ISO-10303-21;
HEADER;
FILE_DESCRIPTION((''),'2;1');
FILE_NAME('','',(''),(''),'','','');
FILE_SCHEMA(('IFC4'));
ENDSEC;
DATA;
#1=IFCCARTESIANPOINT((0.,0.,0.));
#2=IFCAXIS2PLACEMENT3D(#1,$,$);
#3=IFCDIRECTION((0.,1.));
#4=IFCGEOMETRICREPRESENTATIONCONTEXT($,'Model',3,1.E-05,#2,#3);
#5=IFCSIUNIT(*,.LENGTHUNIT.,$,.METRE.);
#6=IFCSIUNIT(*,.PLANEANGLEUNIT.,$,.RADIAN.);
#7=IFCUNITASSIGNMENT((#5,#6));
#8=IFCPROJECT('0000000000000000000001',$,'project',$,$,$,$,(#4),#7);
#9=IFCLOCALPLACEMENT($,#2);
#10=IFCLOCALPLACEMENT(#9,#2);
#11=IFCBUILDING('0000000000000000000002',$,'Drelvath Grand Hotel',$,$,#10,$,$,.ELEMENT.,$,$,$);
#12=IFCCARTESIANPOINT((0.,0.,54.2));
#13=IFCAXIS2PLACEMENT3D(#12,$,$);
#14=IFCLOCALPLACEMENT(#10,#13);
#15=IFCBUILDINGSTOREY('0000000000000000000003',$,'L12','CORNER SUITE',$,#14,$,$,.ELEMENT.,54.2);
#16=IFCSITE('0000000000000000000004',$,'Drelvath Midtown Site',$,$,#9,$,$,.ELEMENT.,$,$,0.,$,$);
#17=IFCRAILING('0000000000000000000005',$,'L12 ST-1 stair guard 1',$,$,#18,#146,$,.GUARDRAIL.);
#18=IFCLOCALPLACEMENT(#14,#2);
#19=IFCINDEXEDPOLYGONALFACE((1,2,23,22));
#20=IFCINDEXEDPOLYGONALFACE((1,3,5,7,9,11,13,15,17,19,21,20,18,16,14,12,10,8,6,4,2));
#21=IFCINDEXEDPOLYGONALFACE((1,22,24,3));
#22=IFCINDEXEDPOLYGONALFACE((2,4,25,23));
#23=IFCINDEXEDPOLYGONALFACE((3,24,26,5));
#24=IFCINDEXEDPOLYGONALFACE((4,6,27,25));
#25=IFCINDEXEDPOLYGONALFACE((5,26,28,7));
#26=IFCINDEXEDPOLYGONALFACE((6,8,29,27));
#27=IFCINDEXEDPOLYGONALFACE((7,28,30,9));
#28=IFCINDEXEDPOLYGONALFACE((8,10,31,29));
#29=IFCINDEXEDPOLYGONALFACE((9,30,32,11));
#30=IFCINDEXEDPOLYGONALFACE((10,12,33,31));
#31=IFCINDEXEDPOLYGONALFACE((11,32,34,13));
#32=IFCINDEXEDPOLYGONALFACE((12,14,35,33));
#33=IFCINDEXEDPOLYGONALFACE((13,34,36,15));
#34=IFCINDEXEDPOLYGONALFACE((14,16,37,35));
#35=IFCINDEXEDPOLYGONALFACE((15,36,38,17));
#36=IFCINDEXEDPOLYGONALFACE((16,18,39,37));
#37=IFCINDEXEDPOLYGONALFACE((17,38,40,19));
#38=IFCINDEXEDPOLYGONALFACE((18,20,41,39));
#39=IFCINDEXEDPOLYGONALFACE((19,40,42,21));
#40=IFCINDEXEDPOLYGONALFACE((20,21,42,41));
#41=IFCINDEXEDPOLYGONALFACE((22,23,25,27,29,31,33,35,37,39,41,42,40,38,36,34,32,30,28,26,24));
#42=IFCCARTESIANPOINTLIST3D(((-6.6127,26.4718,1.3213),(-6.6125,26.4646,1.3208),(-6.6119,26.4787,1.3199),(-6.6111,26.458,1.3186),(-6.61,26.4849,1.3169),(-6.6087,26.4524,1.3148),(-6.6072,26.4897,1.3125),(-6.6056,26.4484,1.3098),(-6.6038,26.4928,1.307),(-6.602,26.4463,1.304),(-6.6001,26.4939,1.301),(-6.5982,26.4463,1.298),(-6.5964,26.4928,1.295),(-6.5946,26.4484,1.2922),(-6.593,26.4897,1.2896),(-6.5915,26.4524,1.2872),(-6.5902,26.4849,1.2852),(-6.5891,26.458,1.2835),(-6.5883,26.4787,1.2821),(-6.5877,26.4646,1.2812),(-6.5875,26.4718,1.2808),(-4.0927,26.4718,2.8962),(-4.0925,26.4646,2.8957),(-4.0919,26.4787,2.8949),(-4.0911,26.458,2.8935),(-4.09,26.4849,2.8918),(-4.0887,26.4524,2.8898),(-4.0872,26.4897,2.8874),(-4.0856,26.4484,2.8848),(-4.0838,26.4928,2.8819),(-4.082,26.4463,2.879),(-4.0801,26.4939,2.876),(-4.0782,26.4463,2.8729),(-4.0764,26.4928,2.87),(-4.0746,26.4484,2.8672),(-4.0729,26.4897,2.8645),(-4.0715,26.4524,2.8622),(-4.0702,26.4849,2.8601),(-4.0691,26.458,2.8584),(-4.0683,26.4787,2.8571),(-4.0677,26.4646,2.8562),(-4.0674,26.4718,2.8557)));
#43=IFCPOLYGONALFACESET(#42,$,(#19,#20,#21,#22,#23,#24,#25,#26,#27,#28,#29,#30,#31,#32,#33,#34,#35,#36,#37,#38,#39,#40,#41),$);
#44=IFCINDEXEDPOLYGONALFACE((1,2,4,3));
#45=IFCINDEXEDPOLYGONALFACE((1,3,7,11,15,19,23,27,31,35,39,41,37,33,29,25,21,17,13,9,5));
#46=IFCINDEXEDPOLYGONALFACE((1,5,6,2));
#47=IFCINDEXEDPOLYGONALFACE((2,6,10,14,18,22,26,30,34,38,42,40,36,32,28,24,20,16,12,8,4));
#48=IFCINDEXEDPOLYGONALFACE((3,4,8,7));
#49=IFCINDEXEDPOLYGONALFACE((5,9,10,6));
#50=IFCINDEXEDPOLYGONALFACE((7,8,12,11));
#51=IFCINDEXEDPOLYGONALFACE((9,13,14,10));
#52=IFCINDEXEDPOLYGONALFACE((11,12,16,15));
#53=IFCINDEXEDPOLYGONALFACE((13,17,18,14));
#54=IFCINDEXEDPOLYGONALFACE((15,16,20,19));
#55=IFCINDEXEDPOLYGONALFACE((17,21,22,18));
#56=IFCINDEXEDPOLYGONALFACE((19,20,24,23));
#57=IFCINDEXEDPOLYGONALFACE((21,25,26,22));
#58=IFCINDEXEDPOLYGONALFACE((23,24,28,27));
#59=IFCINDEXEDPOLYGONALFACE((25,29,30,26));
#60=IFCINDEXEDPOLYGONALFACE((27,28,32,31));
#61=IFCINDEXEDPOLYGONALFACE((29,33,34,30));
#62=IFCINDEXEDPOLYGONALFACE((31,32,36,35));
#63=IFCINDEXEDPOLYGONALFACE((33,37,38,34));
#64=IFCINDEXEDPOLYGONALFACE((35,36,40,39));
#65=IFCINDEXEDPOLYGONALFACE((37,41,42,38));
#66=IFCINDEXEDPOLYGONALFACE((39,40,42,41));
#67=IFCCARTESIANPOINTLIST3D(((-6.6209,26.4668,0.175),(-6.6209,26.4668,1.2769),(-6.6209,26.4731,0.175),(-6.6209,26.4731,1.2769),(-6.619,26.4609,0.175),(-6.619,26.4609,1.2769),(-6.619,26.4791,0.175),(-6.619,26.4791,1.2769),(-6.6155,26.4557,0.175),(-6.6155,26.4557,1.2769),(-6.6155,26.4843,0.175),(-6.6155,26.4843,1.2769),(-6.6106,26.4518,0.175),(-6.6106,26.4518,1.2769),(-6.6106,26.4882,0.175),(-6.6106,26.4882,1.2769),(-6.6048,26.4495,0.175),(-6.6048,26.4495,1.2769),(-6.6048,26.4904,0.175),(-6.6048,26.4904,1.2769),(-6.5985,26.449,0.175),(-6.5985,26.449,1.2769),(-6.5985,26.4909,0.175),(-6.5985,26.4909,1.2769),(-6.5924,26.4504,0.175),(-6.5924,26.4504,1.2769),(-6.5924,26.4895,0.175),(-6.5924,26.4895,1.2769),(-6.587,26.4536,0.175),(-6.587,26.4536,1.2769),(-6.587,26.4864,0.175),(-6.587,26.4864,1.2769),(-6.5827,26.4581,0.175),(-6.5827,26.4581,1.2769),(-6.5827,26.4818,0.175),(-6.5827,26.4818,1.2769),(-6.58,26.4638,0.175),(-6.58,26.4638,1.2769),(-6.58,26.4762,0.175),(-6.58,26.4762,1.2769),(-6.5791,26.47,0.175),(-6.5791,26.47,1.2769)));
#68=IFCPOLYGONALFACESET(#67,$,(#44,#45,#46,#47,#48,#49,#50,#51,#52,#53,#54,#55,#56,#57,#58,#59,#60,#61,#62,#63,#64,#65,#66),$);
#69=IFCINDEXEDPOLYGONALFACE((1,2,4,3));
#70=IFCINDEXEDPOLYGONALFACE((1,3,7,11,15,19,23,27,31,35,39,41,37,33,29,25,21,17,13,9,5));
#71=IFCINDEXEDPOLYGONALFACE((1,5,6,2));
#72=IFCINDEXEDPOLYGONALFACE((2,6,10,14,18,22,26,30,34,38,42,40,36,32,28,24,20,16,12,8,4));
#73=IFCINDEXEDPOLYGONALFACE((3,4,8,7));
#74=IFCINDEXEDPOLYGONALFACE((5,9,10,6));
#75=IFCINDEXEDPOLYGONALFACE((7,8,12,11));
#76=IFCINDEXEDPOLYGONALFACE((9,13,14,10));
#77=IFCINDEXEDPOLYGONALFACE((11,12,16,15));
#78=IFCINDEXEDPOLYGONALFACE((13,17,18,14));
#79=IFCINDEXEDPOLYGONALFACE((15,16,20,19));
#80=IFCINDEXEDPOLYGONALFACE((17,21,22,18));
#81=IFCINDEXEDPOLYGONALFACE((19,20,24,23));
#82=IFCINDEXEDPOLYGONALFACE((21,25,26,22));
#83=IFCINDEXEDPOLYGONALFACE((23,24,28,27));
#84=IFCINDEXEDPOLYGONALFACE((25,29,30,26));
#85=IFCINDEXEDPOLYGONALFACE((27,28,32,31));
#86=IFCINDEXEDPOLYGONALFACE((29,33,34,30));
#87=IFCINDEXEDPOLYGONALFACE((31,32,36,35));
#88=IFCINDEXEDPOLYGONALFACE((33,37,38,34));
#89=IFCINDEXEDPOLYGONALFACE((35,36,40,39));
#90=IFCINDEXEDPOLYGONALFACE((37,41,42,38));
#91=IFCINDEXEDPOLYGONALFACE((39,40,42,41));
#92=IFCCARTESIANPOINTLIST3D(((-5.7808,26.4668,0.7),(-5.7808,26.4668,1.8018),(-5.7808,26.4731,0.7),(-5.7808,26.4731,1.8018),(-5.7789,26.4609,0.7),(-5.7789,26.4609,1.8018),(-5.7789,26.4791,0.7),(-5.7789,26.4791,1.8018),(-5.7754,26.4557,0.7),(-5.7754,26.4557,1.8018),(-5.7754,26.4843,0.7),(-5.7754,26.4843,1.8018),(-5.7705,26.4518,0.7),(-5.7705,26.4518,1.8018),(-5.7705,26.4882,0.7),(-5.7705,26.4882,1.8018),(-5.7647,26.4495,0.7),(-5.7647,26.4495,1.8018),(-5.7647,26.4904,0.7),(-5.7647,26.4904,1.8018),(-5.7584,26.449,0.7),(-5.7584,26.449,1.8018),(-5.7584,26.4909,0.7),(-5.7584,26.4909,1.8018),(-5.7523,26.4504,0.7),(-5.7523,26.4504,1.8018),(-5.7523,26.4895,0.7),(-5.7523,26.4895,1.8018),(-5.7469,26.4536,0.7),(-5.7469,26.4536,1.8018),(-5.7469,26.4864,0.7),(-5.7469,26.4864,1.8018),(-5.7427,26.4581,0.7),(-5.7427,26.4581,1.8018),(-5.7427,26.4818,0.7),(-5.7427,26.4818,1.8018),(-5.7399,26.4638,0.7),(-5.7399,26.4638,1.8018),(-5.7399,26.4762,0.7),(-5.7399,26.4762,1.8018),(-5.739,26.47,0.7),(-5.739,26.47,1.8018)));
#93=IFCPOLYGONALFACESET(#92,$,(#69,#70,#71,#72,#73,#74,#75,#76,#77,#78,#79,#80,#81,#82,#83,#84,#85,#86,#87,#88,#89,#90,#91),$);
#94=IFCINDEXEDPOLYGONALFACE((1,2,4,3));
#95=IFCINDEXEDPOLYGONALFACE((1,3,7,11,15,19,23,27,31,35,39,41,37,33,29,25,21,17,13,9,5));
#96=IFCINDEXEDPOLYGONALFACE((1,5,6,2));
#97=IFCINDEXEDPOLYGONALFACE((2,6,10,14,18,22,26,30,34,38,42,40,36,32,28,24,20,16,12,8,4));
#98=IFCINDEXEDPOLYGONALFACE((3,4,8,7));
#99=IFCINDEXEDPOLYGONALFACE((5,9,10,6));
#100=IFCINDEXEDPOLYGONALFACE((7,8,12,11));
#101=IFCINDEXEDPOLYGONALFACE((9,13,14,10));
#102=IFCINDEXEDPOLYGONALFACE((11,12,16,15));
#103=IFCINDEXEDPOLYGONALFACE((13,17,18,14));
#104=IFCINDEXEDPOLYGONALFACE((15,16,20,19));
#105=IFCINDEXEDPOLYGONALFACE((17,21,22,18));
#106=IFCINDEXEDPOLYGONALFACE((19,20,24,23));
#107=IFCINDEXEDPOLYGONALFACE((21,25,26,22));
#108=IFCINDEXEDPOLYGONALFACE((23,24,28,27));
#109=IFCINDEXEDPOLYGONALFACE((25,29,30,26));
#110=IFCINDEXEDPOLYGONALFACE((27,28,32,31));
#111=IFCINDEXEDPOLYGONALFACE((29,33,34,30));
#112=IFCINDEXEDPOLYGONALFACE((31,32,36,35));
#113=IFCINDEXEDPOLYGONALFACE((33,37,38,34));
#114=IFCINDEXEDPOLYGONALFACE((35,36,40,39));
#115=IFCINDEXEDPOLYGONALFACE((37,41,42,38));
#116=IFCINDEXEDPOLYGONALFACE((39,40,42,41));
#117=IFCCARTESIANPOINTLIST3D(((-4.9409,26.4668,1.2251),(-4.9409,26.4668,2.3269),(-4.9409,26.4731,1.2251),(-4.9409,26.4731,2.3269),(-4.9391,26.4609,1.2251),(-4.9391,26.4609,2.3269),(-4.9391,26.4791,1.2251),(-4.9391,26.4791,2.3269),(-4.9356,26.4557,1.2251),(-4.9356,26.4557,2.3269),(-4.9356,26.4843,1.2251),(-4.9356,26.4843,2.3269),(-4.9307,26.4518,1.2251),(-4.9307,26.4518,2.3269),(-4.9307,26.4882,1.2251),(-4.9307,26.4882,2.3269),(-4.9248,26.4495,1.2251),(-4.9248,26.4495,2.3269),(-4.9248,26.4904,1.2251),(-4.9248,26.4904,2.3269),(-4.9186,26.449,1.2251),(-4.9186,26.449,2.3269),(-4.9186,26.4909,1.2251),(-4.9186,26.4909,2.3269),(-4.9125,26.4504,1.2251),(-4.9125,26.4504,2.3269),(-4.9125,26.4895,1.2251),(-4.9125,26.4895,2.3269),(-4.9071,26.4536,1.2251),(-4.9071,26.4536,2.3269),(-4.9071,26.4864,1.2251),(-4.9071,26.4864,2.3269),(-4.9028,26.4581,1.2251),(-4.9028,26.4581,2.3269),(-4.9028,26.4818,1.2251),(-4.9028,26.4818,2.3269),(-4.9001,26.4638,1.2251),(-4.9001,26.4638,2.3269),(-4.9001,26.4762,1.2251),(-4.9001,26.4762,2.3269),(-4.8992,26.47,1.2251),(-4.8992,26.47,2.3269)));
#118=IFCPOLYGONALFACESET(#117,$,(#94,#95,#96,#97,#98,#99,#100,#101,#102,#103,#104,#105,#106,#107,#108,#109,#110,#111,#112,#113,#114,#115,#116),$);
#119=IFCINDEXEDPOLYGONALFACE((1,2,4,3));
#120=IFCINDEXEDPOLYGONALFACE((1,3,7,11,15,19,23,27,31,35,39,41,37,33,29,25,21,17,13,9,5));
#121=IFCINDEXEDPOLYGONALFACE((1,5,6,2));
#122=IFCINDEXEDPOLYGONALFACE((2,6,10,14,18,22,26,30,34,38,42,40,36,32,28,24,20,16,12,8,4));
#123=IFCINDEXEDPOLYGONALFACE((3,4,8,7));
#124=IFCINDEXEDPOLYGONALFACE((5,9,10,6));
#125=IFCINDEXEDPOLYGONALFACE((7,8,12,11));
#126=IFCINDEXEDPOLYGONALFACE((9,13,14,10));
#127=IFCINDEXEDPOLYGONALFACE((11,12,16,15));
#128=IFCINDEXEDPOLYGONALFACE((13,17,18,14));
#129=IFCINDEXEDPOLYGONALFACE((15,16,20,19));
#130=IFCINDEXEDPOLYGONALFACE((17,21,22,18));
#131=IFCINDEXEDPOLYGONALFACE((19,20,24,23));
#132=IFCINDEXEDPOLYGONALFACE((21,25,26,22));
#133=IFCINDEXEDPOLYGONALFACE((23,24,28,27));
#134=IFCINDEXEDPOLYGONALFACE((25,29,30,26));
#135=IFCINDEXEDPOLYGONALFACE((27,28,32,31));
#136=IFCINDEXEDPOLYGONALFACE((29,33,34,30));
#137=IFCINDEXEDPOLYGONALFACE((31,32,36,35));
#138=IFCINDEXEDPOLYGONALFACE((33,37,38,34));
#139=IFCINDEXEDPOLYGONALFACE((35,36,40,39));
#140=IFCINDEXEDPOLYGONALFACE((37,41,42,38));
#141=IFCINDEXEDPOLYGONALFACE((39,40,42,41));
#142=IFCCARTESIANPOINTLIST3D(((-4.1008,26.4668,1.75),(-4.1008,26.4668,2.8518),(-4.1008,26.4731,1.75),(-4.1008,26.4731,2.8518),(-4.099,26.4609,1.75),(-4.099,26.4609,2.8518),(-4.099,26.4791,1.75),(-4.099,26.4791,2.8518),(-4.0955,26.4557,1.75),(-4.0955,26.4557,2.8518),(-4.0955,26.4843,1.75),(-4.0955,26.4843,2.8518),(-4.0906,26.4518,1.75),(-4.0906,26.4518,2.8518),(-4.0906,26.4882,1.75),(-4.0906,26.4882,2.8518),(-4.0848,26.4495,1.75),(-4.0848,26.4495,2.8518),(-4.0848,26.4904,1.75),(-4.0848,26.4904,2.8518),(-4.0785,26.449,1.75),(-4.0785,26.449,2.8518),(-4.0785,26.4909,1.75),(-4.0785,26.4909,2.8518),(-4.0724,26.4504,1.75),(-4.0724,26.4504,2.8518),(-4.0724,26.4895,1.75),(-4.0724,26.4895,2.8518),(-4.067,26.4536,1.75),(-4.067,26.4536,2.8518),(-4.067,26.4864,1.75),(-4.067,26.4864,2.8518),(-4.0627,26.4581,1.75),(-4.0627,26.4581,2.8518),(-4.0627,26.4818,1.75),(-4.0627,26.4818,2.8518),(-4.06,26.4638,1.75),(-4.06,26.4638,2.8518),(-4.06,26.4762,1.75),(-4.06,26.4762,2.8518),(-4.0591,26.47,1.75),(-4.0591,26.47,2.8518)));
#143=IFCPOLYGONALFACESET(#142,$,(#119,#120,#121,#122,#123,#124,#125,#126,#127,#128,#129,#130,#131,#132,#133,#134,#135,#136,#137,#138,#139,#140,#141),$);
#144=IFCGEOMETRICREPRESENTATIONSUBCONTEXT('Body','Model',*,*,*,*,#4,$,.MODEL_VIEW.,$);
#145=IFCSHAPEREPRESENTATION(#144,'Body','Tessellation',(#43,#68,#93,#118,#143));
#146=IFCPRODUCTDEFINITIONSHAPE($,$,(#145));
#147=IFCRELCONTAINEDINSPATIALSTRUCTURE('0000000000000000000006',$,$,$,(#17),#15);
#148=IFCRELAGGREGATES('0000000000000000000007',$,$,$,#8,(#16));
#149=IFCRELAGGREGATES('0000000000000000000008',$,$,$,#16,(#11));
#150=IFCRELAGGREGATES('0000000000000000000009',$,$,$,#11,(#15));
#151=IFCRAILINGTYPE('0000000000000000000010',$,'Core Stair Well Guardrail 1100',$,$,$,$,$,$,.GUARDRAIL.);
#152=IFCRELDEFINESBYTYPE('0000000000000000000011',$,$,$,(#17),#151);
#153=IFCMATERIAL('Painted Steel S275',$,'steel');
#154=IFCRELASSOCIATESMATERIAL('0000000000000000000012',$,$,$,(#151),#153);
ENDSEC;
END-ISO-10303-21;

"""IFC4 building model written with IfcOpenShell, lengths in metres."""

from ifc_helpers import new_model, si_unit, direction, frame, origin, origin_2d, place, context, subcontext, project, spatial, circle, extrude, material, type_object, element, save


model = new_model("IFC4")

# Units and contexts
model_context = context("Model", 3, precision=1e-05, world=origin(), true_north=direction((0.0, 1.0)))
body_context = subcontext(model_context, "Body", "Model", "MODEL_VIEW")
ifc_project = project(units=[si_unit("LENGTHUNIT", "METRE"), si_unit("PLANEANGLEUNIT", "RADIAN")], contexts=[model_context])

# Site, building, storey
site_placement = place(None, origin())
site = spatial("IfcSite", under=ifc_project, at=site_placement, Name="Drelvath Midtown Site", CompositionType="ELEMENT", RefElevation=0.0)
building_placement = place(site_placement, origin())
building = spatial("IfcBuilding", under=site, at=building_placement, Name="Drelvath Grand Hotel", CompositionType="ELEMENT")
storey_placement = place(building_placement, frame((0.0, 0.0, 54.2)))
storey = spatial("IfcBuildingStorey", under=building, at=storey_placement, Name="L12", Description="CORNER SUITE", CompositionType="ELEMENT", Elevation=54.2)

# Shared definitions
ifc_material_1 = material(Name="Painted Steel S275", Category="steel")

# Railing
railing_type = type_object("IfcRailingType", Name="Core Stair Well Guardrail 1100", PredefinedType="GUARDRAIL", material=ifc_material_1)
railing_1_placement = place(storey_placement, frame((-6.6001, 26.47, 0.175)))
element("IfcRailing", 1, at=railing_1_placement, inside=storey, type_object=railing_type, Name="L12 ST-1 stair guard 1", PredefinedType="GUARDRAIL", context=body_context, shape_type="SweptSolid", body=[
    extrude(circle(Radius=0.0239, at=origin_2d()), frame((0.0, 0.0, 1.126), z_axis=(0.848008, 0.0, 0.529984), x_axis=(0.0, 1.0, 0.0)), (0.0, 0.0, 1.0), 2.9717),
    extrude(circle(Radius=0.021, at=origin_2d()), origin(), (0.0, 0.0, 1.0), 1.1018),
    extrude(circle(Radius=0.021, at=origin_2d()), frame((0.8401, 0.0, 0.5249)), (0.0, 0.0, 1.0), 1.1018),
    extrude(circle(Radius=0.021, at=origin_2d()), frame((1.6799, 0.0, 1.05)), (0.0, 0.0, 1.0), 1.1018),
    extrude(circle(Radius=0.021, at=origin_2d()), frame((2.52, 0.0, 1.575)), (0.0, 0.0, 1.0), 1.1018),
])

save(model, "model.ifc")
